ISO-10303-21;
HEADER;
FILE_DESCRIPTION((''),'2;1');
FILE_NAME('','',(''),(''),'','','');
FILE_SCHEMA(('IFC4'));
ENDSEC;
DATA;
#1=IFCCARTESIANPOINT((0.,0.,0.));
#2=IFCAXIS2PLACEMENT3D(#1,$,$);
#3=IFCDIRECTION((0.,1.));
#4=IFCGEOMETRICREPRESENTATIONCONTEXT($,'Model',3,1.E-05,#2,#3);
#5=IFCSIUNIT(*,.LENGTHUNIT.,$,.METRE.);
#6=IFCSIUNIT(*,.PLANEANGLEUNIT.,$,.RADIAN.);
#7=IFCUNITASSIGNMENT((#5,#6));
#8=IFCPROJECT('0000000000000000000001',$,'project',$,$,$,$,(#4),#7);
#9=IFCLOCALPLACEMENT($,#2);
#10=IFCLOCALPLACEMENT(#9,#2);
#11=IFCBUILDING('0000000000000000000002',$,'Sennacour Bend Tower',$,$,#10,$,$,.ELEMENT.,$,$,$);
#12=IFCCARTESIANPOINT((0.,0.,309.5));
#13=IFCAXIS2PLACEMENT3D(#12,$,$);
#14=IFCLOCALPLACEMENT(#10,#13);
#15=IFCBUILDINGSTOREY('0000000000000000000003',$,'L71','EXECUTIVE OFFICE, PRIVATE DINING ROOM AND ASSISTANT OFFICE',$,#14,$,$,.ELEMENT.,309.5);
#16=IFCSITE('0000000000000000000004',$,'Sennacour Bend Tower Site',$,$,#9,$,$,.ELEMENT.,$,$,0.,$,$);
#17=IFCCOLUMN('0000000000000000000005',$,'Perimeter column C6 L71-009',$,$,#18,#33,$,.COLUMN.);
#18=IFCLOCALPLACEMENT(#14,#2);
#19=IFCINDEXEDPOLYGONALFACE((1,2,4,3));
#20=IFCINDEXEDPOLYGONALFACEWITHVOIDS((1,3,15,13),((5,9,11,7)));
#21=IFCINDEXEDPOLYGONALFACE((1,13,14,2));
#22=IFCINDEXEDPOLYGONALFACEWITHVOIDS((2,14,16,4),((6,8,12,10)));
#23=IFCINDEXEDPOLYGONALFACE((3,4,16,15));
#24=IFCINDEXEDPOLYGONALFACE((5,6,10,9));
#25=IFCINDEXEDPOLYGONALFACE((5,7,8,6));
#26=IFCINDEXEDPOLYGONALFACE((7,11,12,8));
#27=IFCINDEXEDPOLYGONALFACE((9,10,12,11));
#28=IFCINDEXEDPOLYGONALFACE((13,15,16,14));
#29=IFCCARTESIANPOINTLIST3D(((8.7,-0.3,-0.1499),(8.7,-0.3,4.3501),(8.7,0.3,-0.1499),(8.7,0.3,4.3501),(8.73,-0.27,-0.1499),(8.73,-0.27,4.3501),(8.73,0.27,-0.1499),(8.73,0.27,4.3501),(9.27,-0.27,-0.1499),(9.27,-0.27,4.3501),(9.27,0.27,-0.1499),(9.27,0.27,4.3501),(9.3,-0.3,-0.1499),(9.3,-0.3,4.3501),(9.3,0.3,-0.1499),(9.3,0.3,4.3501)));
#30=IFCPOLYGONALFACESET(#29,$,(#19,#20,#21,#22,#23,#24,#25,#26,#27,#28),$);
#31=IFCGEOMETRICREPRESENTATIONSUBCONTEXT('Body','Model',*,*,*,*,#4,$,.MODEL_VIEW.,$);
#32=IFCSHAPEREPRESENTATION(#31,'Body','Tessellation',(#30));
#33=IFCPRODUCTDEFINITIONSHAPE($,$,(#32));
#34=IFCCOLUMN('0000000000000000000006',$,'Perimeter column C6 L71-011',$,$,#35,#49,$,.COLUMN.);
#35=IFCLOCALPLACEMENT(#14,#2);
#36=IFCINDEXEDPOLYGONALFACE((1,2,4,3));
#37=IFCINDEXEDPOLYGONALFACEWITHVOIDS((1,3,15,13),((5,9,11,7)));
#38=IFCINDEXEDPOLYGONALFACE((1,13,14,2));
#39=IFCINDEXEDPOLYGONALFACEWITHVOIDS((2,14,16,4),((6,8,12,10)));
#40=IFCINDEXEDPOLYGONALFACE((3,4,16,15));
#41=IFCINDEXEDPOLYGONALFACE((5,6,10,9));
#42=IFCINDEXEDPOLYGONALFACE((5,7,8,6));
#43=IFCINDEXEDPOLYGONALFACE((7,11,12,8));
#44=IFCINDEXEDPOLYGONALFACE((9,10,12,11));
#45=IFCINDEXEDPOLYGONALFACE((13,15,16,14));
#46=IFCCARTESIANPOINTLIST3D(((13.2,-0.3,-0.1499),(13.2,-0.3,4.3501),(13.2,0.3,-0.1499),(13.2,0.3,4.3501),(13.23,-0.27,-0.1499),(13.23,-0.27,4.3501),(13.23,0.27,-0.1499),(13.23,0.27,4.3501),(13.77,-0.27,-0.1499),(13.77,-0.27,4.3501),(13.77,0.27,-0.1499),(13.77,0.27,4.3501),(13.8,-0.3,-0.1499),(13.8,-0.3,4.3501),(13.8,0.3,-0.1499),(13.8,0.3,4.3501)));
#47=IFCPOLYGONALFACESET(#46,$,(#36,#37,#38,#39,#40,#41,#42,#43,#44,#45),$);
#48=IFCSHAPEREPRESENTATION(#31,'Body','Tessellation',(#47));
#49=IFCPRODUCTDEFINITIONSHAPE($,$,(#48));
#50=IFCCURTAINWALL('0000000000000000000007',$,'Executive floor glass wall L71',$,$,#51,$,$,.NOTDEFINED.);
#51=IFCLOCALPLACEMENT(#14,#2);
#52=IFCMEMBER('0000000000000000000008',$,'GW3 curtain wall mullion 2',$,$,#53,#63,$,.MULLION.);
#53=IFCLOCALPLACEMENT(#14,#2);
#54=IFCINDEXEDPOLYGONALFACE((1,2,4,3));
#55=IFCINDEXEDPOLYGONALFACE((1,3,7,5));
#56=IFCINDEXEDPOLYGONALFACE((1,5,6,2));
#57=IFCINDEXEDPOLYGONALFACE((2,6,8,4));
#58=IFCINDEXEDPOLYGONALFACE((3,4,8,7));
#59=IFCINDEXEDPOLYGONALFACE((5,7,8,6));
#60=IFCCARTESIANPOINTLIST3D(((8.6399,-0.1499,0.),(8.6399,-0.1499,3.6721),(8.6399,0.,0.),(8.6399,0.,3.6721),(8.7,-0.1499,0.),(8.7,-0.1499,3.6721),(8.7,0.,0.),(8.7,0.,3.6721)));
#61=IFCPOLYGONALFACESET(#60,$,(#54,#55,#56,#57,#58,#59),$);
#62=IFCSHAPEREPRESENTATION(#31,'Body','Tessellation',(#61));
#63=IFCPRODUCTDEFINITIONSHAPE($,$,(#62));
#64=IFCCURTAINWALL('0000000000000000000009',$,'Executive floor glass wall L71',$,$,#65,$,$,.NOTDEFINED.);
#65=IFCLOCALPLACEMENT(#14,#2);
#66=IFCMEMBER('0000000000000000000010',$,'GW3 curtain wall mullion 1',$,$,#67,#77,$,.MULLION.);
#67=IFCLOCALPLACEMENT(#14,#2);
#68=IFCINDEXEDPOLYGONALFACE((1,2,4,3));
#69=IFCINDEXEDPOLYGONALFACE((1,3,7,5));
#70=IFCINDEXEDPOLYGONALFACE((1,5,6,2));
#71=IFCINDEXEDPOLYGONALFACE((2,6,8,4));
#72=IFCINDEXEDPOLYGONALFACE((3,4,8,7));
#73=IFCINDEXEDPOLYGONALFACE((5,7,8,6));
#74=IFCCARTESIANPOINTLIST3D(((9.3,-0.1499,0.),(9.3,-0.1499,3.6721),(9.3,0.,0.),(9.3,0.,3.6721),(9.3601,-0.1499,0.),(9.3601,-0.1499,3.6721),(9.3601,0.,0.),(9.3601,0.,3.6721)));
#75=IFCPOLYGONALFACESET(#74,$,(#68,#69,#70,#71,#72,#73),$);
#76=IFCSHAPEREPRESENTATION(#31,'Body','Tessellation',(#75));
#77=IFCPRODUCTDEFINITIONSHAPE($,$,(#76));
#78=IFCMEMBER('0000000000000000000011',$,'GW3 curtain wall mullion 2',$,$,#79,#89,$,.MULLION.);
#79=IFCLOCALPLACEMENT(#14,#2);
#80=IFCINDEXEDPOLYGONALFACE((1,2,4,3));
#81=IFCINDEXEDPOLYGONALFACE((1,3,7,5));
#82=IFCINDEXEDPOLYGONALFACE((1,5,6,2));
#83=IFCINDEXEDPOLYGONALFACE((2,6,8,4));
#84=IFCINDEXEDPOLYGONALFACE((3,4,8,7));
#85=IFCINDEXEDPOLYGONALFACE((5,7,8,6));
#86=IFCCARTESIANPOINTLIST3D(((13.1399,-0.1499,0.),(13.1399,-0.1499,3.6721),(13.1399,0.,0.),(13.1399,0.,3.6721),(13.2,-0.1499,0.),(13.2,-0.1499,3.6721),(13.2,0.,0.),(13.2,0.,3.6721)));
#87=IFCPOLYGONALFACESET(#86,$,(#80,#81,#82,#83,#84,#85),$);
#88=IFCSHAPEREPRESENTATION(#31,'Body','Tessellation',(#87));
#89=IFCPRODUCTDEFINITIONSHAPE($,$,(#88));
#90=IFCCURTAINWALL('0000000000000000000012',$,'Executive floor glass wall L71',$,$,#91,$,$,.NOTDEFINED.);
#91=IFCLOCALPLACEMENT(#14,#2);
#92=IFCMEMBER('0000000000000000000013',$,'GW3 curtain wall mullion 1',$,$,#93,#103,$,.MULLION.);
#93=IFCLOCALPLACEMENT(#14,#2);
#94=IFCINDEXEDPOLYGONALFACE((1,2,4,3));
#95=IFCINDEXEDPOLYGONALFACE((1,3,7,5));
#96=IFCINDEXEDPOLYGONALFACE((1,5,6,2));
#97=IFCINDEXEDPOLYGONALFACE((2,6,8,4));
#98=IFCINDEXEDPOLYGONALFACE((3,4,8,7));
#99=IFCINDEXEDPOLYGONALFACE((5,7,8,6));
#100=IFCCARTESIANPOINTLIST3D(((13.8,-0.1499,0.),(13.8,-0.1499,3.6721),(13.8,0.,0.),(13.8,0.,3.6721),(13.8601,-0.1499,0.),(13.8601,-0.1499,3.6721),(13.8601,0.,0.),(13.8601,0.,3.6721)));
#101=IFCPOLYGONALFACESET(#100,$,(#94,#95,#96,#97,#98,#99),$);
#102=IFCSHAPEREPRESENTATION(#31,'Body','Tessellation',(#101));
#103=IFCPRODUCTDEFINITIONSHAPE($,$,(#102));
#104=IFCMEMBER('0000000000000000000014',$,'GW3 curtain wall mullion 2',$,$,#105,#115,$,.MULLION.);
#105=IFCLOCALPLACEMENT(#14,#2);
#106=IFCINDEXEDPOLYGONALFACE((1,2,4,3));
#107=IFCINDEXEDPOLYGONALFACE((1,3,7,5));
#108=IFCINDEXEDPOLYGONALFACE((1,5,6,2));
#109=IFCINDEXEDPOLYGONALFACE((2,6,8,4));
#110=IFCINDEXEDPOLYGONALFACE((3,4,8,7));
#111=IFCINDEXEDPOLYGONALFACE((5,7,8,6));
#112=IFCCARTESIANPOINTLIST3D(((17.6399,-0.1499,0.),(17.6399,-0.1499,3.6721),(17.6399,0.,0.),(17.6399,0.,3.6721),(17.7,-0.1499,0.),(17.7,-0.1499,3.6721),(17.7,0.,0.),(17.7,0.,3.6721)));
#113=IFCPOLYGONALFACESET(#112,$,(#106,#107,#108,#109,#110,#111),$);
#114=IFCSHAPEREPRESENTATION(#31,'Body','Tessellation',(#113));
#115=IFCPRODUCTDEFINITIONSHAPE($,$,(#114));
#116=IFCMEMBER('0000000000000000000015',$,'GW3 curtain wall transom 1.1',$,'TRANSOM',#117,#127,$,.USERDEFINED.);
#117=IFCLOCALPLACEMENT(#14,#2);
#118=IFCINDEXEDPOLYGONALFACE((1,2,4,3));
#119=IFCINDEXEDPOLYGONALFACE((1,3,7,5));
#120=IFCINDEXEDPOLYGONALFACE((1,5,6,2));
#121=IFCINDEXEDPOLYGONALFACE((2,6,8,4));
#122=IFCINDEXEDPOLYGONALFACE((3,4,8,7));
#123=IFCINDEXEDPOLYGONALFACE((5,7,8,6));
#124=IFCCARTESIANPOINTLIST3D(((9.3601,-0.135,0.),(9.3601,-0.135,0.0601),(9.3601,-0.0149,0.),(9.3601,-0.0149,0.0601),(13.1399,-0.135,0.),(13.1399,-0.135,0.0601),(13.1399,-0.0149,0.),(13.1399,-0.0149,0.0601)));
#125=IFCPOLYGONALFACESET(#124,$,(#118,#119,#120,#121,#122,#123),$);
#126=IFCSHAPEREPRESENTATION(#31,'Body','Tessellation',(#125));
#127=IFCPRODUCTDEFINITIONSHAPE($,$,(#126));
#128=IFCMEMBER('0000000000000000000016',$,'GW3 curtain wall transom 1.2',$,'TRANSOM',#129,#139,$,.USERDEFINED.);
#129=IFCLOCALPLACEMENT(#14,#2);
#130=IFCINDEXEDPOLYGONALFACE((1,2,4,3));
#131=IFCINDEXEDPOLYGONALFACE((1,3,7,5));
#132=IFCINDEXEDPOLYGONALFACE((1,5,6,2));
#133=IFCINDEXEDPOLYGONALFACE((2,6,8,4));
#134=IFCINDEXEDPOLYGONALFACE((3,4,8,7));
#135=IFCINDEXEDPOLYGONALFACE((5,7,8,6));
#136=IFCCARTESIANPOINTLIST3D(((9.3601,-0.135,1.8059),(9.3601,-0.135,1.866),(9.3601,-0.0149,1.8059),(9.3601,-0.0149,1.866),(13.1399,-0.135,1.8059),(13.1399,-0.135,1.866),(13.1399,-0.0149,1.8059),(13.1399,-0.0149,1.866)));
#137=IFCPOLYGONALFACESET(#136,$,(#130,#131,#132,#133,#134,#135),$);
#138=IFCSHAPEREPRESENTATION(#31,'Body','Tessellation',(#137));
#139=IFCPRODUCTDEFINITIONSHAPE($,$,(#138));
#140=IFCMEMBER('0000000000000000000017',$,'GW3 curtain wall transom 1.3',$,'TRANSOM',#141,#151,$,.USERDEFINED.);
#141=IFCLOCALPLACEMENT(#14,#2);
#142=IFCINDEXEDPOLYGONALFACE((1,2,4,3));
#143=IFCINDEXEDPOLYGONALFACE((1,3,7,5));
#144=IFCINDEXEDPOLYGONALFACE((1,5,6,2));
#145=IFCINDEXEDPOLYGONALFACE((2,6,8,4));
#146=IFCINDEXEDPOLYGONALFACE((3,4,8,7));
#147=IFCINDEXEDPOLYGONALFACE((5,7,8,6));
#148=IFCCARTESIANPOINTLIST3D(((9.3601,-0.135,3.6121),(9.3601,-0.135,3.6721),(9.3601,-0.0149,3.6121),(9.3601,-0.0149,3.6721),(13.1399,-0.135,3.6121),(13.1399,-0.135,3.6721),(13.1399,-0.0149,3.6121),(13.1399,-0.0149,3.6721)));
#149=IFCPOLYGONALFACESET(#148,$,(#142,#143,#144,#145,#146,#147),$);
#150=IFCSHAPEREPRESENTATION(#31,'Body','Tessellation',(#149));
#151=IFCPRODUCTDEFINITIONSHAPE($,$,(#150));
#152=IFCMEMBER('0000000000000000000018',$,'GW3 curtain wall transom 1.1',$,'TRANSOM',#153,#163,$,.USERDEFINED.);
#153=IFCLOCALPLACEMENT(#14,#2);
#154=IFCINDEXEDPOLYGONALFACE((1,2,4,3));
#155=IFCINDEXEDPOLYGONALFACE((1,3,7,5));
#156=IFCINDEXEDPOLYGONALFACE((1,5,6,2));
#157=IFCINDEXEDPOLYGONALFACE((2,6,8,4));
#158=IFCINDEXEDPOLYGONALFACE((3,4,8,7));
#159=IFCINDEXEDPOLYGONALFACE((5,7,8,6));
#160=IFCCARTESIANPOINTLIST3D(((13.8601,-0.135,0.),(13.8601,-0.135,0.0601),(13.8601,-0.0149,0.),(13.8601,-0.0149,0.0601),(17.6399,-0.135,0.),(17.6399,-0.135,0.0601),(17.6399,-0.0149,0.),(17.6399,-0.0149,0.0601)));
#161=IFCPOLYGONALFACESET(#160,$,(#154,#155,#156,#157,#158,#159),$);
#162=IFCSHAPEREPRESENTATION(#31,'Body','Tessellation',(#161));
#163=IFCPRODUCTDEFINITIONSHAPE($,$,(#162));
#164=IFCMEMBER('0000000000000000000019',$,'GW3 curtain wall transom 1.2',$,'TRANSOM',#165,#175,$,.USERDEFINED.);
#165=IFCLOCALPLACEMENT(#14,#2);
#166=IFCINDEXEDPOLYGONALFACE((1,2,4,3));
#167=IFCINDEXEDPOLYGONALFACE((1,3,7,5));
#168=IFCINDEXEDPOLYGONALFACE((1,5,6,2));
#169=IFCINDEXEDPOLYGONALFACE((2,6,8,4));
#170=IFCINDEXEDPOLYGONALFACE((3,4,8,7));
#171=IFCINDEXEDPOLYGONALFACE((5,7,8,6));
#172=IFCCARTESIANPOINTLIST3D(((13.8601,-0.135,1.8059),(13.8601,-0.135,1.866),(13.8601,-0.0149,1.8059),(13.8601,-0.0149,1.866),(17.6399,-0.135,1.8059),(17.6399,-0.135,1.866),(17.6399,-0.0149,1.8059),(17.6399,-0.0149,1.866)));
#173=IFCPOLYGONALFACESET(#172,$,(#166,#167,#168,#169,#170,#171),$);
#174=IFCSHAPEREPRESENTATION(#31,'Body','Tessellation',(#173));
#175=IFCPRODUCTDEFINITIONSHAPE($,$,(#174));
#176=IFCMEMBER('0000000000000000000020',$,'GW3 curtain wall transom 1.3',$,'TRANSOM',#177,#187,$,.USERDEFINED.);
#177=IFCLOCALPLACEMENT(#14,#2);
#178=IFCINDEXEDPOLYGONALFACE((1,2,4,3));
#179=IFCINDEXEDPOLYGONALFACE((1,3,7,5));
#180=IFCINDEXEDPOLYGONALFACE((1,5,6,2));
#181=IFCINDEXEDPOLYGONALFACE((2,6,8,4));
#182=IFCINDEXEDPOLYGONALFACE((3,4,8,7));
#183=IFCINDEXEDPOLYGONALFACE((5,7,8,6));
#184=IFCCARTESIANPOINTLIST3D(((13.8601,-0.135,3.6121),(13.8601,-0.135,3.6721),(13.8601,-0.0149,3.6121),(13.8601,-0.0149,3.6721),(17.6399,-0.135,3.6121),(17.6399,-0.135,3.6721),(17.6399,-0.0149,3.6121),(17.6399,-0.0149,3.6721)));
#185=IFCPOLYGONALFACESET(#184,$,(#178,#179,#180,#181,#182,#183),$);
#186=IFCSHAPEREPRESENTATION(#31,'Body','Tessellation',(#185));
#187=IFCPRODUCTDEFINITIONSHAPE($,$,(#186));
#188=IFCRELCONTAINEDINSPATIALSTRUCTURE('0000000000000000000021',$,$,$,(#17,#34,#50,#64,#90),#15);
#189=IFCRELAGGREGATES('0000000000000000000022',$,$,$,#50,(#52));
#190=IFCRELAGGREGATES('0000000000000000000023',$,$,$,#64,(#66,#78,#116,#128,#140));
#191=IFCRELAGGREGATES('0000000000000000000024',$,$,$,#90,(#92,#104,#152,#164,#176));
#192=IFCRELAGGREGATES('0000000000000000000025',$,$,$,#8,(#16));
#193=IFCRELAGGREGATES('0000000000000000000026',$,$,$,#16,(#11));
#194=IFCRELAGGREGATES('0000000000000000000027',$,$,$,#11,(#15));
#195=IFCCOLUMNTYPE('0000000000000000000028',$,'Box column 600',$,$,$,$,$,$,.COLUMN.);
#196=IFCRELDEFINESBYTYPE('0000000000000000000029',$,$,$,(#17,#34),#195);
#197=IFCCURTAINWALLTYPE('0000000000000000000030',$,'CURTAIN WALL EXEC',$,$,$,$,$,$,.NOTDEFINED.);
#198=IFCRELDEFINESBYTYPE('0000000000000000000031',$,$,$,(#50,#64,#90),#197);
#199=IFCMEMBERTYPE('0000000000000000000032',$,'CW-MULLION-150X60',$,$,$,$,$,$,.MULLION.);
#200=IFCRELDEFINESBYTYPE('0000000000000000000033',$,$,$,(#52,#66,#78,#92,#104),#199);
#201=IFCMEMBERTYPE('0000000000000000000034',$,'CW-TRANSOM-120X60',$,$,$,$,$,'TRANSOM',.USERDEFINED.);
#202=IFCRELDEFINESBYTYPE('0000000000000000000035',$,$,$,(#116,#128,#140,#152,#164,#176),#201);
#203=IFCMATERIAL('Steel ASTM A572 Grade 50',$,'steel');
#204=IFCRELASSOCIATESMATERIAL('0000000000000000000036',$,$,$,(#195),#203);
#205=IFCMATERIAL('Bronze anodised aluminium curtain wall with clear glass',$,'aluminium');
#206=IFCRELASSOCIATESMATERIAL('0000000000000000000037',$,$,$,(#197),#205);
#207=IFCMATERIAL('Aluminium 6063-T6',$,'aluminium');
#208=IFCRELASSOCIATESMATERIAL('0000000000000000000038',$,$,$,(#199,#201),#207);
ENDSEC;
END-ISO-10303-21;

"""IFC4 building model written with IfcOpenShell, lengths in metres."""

from ifc_helpers import new_model, si_unit, direction, frame, origin, origin_2d, place, context, subcontext, project, spatial, rectangle, hollow_rectangle, extrude, material, material_profile, profile_set, type_object, element, aggregate, save


model = new_model("IFC4")

# Units and contexts
model_context = context("Model", 3, precision=1e-05, world=origin(), true_north=direction((0.0, 1.0)))
body_context = subcontext(model_context, "Body", "Model", "MODEL_VIEW")
ifc_project = project(units=[si_unit("LENGTHUNIT", "METRE"), si_unit("PLANEANGLEUNIT", "RADIAN")], contexts=[model_context])

# Site, building, storey
site_placement = place(None, origin())
site = spatial("IfcSite", under=ifc_project, at=site_placement, Name="Sennacour Bend Tower Site", CompositionType="ELEMENT", RefElevation=0.0)
building_placement = place(site_placement, origin())
building = spatial("IfcBuilding", under=site, at=building_placement, Name="Sennacour Bend Tower", CompositionType="ELEMENT")
storey_placement = place(building_placement, frame((0.0, 0.0, 309.5)))
storey = spatial("IfcBuildingStorey", under=building, at=storey_placement, Name="L71", Description="EXECUTIVE OFFICE, PRIVATE DINING ROOM AND ASSISTANT OFFICE", CompositionType="ELEMENT", Elevation=309.5)

# Columns
ifc_material_1 = material(Name="Steel ASTM A572 Grade 50", Category="steel")
ifc_material_profile_1 = material_profile(ifc_material_1, hollow_rectangle(XDim=0.6001, YDim=0.6001, WallThickness=0.03, at=origin_2d()), Name="Steel ASTM A572 Grade 50", Category="steel")
ifc_profile_set_1 = profile_set([ifc_material_profile_1], Name="Steel ASTM A572 Grade 50")
column_type = type_object("IfcColumnType", Name="Box column 600", PredefinedType="COLUMN", material=ifc_profile_set_1)
for number, where, z_axis, x_axis, name in (
    (1, (9.0, 0.0, -0.1499), (0.0, 0.0, 1.0), (1.0, 0.0, 0.0), "Perimeter column C6 L71-009"),
    (2, (13.5, 0.0, -0.1499), (0.0, 0.0, 1.0), (1.0, 0.0, 0.0), "Perimeter column C6 L71-011"),
):
    element("IfcColumn", number, at=place(storey_placement, frame(where, z_axis=z_axis, x_axis=x_axis)), inside=storey, type_object=column_type, Name=name, PredefinedType="COLUMN", context=body_context, shape_type="SweptSolid", body=[
        extrude(hollow_rectangle(XDim=0.6001, YDim=0.6001, WallThickness=0.03, at=origin_2d()), origin(), (0.0, 0.0, 1.0), 4.5),
    ])

# Curtain wall, member
ifc_material_2 = material(Name="Bronze anodised aluminium curtain wall with clear glass", Category="aluminium")
curtain_wall_type = type_object("IfcCurtainWallType", Name="CURTAIN WALL EXEC", PredefinedType="NOTDEFINED", material=ifc_material_2)
curtain_wall_1_placement = place(storey_placement, origin())
curtain_wall_1 = element("IfcCurtainWall", 3, at=curtain_wall_1_placement, inside=storey, type_object=curtain_wall_type, Name="Executive floor glass wall L71", PredefinedType="NOTDEFINED")
ifc_material_3 = material(Name="Aluminium 6063-T6", Category="aluminium")
ifc_material_profile_2 = material_profile(ifc_material_3, rectangle(XDim=0.1499, YDim=0.0601, at=origin_2d()), Name="Aluminium 6063-T6", Category="aluminium")
ifc_profile_set_2 = profile_set([ifc_material_profile_2], Name="Aluminium 6063-T6")
member_type_1 = type_object("IfcMemberType", Name="CW-MULLION-150X60", PredefinedType="MULLION", material=ifc_profile_set_2)
member_1_placement = place(storey_placement, frame((8.6699, -0.075, 0.0), z_axis=(0.0, 0.0, 1.0), x_axis=(0.0, 1.0, 0.0)))
member_1 = element("IfcMember", 4, at=member_1_placement, type_object=member_type_1, Name="GW3 curtain wall mullion 2", PredefinedType="MULLION", context=body_context, shape_type="SweptSolid", body=[
    extrude(rectangle(XDim=0.1499, YDim=0.0601, at=origin_2d()), origin(), (0.0, 0.0, 1.0), 3.6721),
])
aggregate(curtain_wall_1, [member_1])

# Curtain walls, members
curtain_wall_2_placement = place(storey_placement, origin())
curtain_wall_2 = element("IfcCurtainWall", 5, at=curtain_wall_2_placement, inside=storey, type_object=curtain_wall_type, Name="Executive floor glass wall L71", PredefinedType="NOTDEFINED")
member_2_placement = place(storey_placement, frame((9.3301, -0.075, 0.0), z_axis=(0.0, 0.0, 1.0), x_axis=(0.0, 1.0, 0.0)))
member_2 = element("IfcMember", 6, at=member_2_placement, type_object=member_type_1, Name="GW3 curtain wall mullion 1", PredefinedType="MULLION", context=body_context, shape_type="SweptSolid", body=[
    extrude(rectangle(XDim=0.1499, YDim=0.0601, at=origin_2d()), origin(), (0.0, 0.0, 1.0), 3.6721),
])
member_3_placement = place(storey_placement, frame((13.1699, -0.075, 0.0), z_axis=(0.0, 0.0, 1.0), x_axis=(0.0, 1.0, 0.0)))
member_3 = element("IfcMember", 7, at=member_3_placement, type_object=member_type_1, Name="GW3 curtain wall mullion 2", PredefinedType="MULLION", context=body_context, shape_type="SweptSolid", body=[
    extrude(rectangle(XDim=0.1499, YDim=0.0601, at=origin_2d()), origin(), (0.0, 0.0, 1.0), 3.6721),
])
curtain_wall_3_placement = place(storey_placement, origin())
curtain_wall_3 = element("IfcCurtainWall", 8, at=curtain_wall_3_placement, inside=storey, type_object=curtain_wall_type, Name="Executive floor glass wall L71", PredefinedType="NOTDEFINED")
member_4_placement = place(storey_placement, frame((13.8301, -0.075, 0.0), z_axis=(0.0, 0.0, 1.0), x_axis=(0.0, 1.0, 0.0)))
member_4 = element("IfcMember", 9, at=member_4_placement, type_object=member_type_1, Name="GW3 curtain wall mullion 1", PredefinedType="MULLION", context=body_context, shape_type="SweptSolid", body=[
    extrude(rectangle(XDim=0.1499, YDim=0.0601, at=origin_2d()), origin(), (0.0, 0.0, 1.0), 3.6721),
])
member_5_placement = place(storey_placement, frame((17.6699, -0.075, 0.0), z_axis=(0.0, 0.0, 1.0), x_axis=(0.0, 1.0, 0.0)))
member_5 = element("IfcMember", 10, at=member_5_placement, type_object=member_type_1, Name="GW3 curtain wall mullion 2", PredefinedType="MULLION", context=body_context, shape_type="SweptSolid", body=[
    extrude(rectangle(XDim=0.1499, YDim=0.0601, at=origin_2d()), origin(), (0.0, 0.0, 1.0), 3.6721),
])

# Members
ifc_material_profile_3 = material_profile(ifc_material_3, rectangle(XDim=0.1201, YDim=0.0601, at=origin_2d()), Name="Aluminium 6063-T6", Category="aluminium")
ifc_profile_set_3 = profile_set([ifc_material_profile_3], Name="Aluminium 6063-T6")
member_type_2 = type_object("IfcMemberType", Name="CW-TRANSOM-120X60", ElementType="TRANSOM", PredefinedType="USERDEFINED", material=ifc_profile_set_3)
member_6_placement = place(storey_placement, frame((9.3601, -0.075, 0.03), z_axis=(1.0, 0.0, 0.0), x_axis=(0.0, 1.0, 0.0)))
member_6 = element("IfcMember", 11, at=member_6_placement, type_object=member_type_2, Name="GW3 curtain wall transom 1.1", ObjectType="TRANSOM", PredefinedType="USERDEFINED", context=body_context, shape_type="SweptSolid", body=[
    extrude(rectangle(XDim=0.1201, YDim=0.0601, at=origin_2d()), origin(), (0.0, 0.0, 1.0), 3.7798),
])
member_7_placement = place(storey_placement, frame((9.3601, -0.075, 1.8359), z_axis=(1.0, 0.0, 0.0), x_axis=(0.0, 1.0, 0.0)))
member_7 = element("IfcMember", 12, at=member_7_placement, type_object=member_type_2, Name="GW3 curtain wall transom 1.2", ObjectType="TRANSOM", PredefinedType="USERDEFINED", context=body_context, shape_type="SweptSolid", body=[
    extrude(rectangle(XDim=0.1201, YDim=0.0601, at=origin_2d()), origin(), (0.0, 0.0, 1.0), 3.7798),
])
member_8_placement = place(storey_placement, frame((9.3601, -0.075, 3.6421), z_axis=(1.0, 0.0, 0.0), x_axis=(0.0, 1.0, 0.0)))
member_8 = element("IfcMember", 13, at=member_8_placement, type_object=member_type_2, Name="GW3 curtain wall transom 1.3", ObjectType="TRANSOM", PredefinedType="USERDEFINED", context=body_context, shape_type="SweptSolid", body=[
    extrude(rectangle(XDim=0.1201, YDim=0.0601, at=origin_2d()), origin(), (0.0, 0.0, 1.0), 3.7798),
])
member_9_placement = place(storey_placement, frame((13.8601, -0.075, 0.03), z_axis=(1.0, 0.0, 0.0), x_axis=(0.0, 1.0, 0.0)))
member_9 = element("IfcMember", 14, at=member_9_placement, type_object=member_type_2, Name="GW3 curtain wall transom 1.1", ObjectType="TRANSOM", PredefinedType="USERDEFINED", context=body_context, shape_type="SweptSolid", body=[
    extrude(rectangle(XDim=0.1201, YDim=0.0601, at=origin_2d()), origin(), (0.0, 0.0, 1.0), 3.7798),
])
member_10_placement = place(storey_placement, frame((13.8601, -0.075, 1.8359), z_axis=(1.0, 0.0, 0.0), x_axis=(0.0, 1.0, 0.0)))
member_10 = element("IfcMember", 15, at=member_10_placement, type_object=member_type_2, Name="GW3 curtain wall transom 1.2", ObjectType="TRANSOM", PredefinedType="USERDEFINED", context=body_context, shape_type="SweptSolid", body=[
    extrude(rectangle(XDim=0.1201, YDim=0.0601, at=origin_2d()), origin(), (0.0, 0.0, 1.0), 3.7798),
])
member_11_placement = place(storey_placement, frame((13.8601, -0.075, 3.6421), z_axis=(1.0, 0.0, 0.0), x_axis=(0.0, 1.0, 0.0)))
member_11 = element("IfcMember", 16, at=member_11_placement, type_object=member_type_2, Name="GW3 curtain wall transom 1.3", ObjectType="TRANSOM", PredefinedType="USERDEFINED", context=body_context, shape_type="SweptSolid", body=[
    extrude(rectangle(XDim=0.1201, YDim=0.0601, at=origin_2d()), origin(), (0.0, 0.0, 1.0), 3.7798),
])

aggregate(curtain_wall_2, [member_2, member_3, member_6, member_7, member_8])
aggregate(curtain_wall_3, [member_4, member_5, member_9, member_10, member_11])

save(model, "model.ifc")
